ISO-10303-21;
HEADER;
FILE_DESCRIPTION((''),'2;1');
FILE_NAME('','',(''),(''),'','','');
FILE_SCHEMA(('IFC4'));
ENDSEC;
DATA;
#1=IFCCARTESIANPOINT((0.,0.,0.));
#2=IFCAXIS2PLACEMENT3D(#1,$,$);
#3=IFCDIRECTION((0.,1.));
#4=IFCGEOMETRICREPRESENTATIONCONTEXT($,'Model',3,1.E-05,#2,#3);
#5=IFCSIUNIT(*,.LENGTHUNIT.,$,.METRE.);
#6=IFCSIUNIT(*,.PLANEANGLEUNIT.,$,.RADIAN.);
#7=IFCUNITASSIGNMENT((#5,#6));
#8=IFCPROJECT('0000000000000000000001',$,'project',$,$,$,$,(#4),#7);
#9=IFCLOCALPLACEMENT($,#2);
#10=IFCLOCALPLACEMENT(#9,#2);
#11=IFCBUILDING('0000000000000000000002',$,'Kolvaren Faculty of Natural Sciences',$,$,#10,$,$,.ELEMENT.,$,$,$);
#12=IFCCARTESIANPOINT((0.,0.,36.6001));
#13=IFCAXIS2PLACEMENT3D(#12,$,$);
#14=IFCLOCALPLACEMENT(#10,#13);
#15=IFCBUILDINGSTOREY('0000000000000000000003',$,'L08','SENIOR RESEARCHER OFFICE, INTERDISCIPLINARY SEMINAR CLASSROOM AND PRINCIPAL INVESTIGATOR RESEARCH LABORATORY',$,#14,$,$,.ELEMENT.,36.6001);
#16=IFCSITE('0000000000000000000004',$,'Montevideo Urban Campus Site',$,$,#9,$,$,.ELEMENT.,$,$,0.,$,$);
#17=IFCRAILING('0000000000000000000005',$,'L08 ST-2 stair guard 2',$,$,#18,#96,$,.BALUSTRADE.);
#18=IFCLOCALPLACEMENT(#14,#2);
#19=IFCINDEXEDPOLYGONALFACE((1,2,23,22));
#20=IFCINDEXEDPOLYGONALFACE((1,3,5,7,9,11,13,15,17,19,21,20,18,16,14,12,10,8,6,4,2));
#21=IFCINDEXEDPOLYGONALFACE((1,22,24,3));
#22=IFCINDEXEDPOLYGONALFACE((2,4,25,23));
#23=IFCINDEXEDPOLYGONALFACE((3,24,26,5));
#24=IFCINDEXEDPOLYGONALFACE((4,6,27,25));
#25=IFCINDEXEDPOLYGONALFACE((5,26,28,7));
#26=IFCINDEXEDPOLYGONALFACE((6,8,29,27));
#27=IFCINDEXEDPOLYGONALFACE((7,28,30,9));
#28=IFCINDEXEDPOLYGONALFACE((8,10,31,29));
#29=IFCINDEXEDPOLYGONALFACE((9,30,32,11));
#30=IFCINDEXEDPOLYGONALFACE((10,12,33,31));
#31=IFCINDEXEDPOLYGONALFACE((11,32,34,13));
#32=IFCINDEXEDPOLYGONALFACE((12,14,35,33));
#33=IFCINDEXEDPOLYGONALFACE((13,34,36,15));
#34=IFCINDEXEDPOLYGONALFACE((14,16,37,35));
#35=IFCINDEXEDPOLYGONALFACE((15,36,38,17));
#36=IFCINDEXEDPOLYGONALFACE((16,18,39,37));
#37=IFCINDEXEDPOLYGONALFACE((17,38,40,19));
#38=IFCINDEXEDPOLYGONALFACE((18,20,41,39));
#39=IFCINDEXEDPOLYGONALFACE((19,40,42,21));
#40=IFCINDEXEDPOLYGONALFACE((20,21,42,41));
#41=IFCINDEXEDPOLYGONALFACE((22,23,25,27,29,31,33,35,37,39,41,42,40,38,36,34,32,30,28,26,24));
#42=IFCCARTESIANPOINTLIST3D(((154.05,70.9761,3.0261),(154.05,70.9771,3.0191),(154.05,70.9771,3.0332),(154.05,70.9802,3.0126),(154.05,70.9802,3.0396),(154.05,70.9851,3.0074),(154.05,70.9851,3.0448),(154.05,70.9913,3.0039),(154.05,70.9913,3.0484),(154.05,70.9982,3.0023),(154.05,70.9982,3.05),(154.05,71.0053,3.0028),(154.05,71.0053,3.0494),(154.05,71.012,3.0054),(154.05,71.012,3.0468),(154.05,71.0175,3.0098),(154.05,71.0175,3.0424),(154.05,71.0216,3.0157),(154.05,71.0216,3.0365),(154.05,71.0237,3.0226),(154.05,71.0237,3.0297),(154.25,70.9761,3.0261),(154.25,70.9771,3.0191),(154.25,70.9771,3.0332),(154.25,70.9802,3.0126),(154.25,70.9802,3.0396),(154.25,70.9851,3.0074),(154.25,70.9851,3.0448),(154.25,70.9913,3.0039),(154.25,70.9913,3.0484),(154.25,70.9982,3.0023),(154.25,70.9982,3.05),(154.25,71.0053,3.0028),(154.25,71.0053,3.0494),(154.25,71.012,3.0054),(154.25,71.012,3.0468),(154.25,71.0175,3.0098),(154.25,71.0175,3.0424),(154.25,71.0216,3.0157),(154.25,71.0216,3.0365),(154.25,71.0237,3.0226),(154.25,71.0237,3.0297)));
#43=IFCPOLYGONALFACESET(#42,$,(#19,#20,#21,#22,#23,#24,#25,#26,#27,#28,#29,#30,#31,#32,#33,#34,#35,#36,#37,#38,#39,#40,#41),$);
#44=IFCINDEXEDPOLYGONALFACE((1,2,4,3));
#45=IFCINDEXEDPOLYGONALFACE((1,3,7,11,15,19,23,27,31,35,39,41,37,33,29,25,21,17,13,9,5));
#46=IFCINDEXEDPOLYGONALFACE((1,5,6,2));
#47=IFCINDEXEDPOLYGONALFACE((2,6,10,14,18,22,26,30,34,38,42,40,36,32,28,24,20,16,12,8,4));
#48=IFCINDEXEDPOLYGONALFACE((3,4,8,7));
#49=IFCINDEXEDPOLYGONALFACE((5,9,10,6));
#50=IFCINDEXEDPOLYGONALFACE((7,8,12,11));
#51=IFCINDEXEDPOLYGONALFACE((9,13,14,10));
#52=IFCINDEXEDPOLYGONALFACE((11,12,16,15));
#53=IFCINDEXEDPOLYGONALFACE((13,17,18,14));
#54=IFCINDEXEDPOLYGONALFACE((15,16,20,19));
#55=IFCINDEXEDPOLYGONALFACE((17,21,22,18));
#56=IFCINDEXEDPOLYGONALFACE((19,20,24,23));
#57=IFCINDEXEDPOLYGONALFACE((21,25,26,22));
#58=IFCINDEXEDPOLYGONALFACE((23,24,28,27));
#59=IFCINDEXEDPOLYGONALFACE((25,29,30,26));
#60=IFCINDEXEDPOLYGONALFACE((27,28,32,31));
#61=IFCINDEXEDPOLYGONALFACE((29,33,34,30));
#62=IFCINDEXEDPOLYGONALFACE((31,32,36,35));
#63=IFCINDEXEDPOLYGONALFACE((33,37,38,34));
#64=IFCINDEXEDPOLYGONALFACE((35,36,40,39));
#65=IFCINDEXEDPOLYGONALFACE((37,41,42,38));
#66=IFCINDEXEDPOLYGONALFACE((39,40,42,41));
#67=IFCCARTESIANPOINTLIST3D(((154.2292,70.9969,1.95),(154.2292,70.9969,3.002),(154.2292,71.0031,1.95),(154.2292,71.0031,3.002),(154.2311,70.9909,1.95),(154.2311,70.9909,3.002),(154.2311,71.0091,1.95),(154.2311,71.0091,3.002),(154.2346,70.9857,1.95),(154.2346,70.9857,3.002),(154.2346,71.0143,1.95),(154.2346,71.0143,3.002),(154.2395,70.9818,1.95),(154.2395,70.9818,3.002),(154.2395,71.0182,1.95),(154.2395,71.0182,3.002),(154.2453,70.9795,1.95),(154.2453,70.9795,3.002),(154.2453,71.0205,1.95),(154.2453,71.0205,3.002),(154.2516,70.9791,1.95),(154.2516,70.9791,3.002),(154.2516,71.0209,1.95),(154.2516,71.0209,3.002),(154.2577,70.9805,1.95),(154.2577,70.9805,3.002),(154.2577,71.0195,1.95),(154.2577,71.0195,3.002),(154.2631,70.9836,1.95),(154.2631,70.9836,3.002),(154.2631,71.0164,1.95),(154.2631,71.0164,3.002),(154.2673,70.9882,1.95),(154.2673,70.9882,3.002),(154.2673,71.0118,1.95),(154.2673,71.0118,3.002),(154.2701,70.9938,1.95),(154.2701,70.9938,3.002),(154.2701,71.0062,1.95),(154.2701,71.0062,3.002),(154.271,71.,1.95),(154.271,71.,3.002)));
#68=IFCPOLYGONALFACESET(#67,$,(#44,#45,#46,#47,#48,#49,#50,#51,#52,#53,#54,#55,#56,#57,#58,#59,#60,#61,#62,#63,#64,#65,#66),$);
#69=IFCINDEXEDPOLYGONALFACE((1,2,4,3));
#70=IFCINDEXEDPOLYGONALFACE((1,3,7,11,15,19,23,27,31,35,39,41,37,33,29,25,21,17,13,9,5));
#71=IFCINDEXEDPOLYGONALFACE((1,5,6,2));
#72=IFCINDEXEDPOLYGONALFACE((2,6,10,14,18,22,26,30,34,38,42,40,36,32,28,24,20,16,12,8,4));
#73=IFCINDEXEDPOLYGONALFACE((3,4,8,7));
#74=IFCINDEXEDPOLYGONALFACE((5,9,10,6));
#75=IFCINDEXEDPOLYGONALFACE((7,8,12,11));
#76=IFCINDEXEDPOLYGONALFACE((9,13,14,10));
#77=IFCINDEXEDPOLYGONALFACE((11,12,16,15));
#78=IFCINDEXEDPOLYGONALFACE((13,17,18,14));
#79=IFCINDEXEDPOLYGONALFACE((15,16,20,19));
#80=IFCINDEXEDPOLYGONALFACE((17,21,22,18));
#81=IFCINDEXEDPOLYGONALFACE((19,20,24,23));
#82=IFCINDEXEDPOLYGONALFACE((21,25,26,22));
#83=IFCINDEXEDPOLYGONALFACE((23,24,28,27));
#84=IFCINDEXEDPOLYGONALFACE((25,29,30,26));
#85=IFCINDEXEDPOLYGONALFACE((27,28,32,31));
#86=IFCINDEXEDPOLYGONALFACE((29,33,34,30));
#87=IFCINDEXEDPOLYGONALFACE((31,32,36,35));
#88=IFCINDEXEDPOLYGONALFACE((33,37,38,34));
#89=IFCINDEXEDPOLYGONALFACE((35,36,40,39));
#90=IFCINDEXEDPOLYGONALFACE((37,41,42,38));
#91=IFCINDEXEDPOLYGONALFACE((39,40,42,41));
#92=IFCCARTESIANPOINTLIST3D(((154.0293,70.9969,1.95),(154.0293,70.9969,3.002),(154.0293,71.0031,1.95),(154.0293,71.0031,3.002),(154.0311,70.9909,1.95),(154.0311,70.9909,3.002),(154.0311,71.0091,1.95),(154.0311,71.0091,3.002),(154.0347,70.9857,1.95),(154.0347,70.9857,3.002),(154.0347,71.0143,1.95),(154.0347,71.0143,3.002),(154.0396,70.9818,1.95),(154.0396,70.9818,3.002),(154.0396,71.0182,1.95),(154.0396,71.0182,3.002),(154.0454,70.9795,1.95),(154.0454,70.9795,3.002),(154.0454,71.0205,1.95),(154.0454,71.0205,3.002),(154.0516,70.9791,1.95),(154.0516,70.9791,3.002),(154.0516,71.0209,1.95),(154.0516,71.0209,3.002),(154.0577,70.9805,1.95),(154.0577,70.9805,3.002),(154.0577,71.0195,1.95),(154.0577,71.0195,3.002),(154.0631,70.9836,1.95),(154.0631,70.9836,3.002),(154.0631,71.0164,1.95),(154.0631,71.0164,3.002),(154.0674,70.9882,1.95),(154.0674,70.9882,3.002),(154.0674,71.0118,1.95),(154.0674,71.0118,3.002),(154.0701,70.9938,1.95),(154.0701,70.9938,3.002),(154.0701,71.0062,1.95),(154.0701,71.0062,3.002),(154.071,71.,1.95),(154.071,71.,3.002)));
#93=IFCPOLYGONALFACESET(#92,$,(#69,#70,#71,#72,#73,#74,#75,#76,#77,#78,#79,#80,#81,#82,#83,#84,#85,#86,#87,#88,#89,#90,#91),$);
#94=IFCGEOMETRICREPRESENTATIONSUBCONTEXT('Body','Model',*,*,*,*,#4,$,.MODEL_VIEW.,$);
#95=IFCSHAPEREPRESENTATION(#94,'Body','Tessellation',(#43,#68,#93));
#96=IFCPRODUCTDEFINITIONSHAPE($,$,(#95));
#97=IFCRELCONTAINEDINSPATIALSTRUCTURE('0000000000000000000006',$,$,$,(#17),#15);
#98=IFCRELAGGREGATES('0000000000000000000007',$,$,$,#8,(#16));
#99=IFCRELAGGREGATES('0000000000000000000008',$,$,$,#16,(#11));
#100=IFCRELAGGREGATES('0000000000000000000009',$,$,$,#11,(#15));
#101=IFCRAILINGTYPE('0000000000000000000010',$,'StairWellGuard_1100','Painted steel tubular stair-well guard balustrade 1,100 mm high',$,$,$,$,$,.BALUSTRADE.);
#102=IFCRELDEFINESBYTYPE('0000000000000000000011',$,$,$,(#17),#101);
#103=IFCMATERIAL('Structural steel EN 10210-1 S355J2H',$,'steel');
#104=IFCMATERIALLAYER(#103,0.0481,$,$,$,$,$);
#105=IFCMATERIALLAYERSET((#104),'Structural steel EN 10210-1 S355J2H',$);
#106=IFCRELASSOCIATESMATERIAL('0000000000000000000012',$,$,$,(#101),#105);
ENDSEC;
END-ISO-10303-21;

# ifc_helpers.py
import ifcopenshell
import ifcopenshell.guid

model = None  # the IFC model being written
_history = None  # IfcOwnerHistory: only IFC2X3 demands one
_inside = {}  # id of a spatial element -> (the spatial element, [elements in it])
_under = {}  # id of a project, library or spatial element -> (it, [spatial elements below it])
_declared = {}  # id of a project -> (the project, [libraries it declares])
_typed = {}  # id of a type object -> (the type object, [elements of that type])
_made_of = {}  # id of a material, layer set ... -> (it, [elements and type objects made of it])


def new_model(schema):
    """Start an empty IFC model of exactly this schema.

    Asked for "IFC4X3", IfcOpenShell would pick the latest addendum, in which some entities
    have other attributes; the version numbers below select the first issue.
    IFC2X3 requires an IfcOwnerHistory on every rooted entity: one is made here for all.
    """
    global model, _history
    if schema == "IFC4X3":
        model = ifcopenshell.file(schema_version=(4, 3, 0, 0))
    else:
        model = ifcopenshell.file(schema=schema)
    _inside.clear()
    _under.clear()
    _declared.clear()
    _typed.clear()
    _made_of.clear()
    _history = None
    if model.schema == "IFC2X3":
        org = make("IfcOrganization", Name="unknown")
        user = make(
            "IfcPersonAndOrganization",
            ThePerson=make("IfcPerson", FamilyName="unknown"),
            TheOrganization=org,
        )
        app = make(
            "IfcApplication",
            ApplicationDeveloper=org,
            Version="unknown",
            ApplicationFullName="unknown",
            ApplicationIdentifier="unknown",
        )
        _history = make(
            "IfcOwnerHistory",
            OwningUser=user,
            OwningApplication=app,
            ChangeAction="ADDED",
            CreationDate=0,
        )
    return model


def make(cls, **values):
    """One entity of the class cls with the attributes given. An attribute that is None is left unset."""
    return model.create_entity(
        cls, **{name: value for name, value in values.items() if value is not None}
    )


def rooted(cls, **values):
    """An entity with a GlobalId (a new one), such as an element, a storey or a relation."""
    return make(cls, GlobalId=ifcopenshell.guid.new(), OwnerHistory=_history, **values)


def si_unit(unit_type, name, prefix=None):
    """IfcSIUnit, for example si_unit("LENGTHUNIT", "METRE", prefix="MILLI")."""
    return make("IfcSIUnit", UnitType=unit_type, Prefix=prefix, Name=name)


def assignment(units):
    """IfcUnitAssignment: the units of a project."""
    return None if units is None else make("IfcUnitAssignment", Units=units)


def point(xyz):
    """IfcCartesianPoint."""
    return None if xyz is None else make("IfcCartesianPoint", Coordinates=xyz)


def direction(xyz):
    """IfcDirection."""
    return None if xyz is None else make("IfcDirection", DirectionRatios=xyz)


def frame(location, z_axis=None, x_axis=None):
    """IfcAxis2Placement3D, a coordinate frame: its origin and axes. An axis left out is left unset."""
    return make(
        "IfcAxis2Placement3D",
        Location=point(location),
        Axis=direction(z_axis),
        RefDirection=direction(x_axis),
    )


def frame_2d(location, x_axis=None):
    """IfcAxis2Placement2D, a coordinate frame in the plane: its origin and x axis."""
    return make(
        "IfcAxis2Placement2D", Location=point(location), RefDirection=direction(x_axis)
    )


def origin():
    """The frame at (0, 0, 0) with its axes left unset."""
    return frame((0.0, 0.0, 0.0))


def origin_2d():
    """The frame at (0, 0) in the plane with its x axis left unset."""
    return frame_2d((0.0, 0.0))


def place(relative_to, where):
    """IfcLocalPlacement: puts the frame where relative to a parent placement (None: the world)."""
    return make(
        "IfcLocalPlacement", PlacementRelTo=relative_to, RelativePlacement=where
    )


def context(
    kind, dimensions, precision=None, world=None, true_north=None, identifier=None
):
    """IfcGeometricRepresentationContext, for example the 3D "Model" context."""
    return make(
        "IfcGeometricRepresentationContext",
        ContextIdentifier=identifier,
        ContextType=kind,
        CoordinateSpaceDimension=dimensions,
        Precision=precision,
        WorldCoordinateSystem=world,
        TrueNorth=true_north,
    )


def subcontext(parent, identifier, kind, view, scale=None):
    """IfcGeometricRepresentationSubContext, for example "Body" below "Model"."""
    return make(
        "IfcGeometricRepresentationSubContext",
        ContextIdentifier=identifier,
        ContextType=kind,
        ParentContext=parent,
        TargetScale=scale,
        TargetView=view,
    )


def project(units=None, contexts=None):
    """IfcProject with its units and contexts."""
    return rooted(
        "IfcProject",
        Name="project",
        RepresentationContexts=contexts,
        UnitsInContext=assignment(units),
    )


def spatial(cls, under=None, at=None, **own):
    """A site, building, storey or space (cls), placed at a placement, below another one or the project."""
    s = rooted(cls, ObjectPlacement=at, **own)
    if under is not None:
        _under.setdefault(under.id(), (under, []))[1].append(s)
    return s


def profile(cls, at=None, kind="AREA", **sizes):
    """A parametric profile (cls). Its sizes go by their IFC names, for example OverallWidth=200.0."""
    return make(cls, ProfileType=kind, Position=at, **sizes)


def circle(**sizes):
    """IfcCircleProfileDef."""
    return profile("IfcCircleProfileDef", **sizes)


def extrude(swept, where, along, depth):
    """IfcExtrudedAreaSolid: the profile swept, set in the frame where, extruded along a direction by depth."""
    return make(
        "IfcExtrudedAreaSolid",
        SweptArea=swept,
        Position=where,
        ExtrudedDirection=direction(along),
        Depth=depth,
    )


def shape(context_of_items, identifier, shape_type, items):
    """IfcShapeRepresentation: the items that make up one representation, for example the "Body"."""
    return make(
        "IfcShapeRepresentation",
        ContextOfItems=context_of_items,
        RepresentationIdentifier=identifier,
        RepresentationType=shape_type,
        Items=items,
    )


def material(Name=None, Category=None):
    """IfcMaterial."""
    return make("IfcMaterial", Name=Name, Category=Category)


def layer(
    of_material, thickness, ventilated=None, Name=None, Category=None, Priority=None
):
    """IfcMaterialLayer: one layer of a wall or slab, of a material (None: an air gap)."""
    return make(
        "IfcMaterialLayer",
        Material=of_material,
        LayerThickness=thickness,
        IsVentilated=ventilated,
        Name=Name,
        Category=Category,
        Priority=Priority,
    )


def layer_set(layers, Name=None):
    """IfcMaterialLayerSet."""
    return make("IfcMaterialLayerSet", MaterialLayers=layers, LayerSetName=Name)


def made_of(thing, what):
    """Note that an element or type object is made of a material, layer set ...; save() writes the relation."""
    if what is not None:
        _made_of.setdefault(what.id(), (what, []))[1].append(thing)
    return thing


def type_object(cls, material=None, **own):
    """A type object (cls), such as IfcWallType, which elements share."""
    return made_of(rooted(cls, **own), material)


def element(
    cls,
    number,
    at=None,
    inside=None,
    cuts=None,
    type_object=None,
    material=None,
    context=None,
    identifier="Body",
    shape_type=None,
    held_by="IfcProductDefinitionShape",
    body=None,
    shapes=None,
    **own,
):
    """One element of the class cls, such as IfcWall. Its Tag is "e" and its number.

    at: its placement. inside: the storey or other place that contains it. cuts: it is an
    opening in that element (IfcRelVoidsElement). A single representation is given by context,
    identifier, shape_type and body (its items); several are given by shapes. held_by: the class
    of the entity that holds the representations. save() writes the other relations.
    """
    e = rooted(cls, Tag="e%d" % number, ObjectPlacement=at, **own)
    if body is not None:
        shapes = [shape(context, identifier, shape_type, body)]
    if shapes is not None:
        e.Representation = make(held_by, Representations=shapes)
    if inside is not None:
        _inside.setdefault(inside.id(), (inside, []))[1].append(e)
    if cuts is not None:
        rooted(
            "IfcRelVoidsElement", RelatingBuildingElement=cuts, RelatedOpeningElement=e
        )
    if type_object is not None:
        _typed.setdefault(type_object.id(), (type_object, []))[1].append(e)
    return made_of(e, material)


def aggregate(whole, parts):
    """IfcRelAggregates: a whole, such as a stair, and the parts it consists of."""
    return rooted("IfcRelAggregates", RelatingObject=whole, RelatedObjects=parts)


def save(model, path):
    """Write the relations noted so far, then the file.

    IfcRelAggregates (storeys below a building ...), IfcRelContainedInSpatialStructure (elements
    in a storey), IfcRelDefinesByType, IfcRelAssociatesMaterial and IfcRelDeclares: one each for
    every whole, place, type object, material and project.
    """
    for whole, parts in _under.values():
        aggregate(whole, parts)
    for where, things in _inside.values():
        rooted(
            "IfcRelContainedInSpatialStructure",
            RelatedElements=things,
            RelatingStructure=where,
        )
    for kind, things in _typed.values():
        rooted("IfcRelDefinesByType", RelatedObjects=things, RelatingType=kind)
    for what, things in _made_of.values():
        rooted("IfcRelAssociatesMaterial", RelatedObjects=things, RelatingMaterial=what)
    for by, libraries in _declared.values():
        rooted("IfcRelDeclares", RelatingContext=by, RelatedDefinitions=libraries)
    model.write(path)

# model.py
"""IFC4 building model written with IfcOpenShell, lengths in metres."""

from ifc_helpers import new_model, si_unit, direction, frame, origin, origin_2d, place, context, subcontext, project, spatial, circle, extrude, material, layer, layer_set, type_object, element, save


model = new_model("IFC4")

# Units and contexts
model_context = context("Model", 3, precision=1e-05, world=origin(), true_north=direction((0.0, 1.0)))
body_context = subcontext(model_context, "Body", "Model", "MODEL_VIEW")
ifc_project = project(units=[si_unit("LENGTHUNIT", "METRE"), si_unit("PLANEANGLEUNIT", "RADIAN")], contexts=[model_context])

# Site, building, storey
site_placement = place(None, origin())
site = spatial("IfcSite", under=ifc_project, at=site_placement, Name="Montevideo Urban Campus Site", CompositionType="ELEMENT", RefElevation=0.0)
building_placement = place(site_placement, origin())
building = spatial("IfcBuilding", under=site, at=building_placement, Name="Kolvaren Faculty of Natural Sciences", CompositionType="ELEMENT")
storey_placement = place(building_placement, frame((0.0, 0.0, 36.6001)))
storey = spatial("IfcBuildingStorey", under=building, at=storey_placement, Name="L08", Description="SENIOR RESEARCHER OFFICE, INTERDISCIPLINARY SEMINAR CLASSROOM AND PRINCIPAL INVESTIGATOR RESEARCH LABORATORY", CompositionType="ELEMENT", Elevation=36.6001)

# Railing
ifc_material_1 = material(Name="Structural steel EN 10210-1 S355J2H", Category="steel")
ifc_layer_1 = layer(ifc_material_1, 0.0481)
ifc_layer_set_1 = layer_set([ifc_layer_1], Name="Structural steel EN 10210-1 S355J2H")
railing_type = type_object("IfcRailingType", Name="StairWellGuard_1100", Description="Painted steel tubular stair-well guard balustrade 1,100 mm high", PredefinedType="BALUSTRADE", material=ifc_layer_set_1)
railing_1_placement = place(storey_placement, frame((154.25, 71.0, 1.95)))
element("IfcRailing", 1, at=railing_1_placement, inside=storey, type_object=railing_type, Name="L08 ST-2 stair guard 2", PredefinedType="BALUSTRADE", context=body_context, shape_type="SweptSolid", body=[
    extrude(circle(Radius=0.0239, at=origin_2d()), frame((0.0, 0.0, 1.0762), z_axis=(-1.0, 0.0, 0.0), x_axis=(0.0, -1.0, 0.0)), (0.0, 0.0, 1.0), 0.2),
    extrude(circle(Radius=0.021, at=origin_2d()), origin(), (0.0, 0.0, 1.0), 1.052),
    extrude(circle(Radius=0.021, at=origin_2d()), frame((-0.2, 0.0, 0.0)), (0.0, 0.0, 1.0), 1.052),
])

save(model, "model.ifc")
